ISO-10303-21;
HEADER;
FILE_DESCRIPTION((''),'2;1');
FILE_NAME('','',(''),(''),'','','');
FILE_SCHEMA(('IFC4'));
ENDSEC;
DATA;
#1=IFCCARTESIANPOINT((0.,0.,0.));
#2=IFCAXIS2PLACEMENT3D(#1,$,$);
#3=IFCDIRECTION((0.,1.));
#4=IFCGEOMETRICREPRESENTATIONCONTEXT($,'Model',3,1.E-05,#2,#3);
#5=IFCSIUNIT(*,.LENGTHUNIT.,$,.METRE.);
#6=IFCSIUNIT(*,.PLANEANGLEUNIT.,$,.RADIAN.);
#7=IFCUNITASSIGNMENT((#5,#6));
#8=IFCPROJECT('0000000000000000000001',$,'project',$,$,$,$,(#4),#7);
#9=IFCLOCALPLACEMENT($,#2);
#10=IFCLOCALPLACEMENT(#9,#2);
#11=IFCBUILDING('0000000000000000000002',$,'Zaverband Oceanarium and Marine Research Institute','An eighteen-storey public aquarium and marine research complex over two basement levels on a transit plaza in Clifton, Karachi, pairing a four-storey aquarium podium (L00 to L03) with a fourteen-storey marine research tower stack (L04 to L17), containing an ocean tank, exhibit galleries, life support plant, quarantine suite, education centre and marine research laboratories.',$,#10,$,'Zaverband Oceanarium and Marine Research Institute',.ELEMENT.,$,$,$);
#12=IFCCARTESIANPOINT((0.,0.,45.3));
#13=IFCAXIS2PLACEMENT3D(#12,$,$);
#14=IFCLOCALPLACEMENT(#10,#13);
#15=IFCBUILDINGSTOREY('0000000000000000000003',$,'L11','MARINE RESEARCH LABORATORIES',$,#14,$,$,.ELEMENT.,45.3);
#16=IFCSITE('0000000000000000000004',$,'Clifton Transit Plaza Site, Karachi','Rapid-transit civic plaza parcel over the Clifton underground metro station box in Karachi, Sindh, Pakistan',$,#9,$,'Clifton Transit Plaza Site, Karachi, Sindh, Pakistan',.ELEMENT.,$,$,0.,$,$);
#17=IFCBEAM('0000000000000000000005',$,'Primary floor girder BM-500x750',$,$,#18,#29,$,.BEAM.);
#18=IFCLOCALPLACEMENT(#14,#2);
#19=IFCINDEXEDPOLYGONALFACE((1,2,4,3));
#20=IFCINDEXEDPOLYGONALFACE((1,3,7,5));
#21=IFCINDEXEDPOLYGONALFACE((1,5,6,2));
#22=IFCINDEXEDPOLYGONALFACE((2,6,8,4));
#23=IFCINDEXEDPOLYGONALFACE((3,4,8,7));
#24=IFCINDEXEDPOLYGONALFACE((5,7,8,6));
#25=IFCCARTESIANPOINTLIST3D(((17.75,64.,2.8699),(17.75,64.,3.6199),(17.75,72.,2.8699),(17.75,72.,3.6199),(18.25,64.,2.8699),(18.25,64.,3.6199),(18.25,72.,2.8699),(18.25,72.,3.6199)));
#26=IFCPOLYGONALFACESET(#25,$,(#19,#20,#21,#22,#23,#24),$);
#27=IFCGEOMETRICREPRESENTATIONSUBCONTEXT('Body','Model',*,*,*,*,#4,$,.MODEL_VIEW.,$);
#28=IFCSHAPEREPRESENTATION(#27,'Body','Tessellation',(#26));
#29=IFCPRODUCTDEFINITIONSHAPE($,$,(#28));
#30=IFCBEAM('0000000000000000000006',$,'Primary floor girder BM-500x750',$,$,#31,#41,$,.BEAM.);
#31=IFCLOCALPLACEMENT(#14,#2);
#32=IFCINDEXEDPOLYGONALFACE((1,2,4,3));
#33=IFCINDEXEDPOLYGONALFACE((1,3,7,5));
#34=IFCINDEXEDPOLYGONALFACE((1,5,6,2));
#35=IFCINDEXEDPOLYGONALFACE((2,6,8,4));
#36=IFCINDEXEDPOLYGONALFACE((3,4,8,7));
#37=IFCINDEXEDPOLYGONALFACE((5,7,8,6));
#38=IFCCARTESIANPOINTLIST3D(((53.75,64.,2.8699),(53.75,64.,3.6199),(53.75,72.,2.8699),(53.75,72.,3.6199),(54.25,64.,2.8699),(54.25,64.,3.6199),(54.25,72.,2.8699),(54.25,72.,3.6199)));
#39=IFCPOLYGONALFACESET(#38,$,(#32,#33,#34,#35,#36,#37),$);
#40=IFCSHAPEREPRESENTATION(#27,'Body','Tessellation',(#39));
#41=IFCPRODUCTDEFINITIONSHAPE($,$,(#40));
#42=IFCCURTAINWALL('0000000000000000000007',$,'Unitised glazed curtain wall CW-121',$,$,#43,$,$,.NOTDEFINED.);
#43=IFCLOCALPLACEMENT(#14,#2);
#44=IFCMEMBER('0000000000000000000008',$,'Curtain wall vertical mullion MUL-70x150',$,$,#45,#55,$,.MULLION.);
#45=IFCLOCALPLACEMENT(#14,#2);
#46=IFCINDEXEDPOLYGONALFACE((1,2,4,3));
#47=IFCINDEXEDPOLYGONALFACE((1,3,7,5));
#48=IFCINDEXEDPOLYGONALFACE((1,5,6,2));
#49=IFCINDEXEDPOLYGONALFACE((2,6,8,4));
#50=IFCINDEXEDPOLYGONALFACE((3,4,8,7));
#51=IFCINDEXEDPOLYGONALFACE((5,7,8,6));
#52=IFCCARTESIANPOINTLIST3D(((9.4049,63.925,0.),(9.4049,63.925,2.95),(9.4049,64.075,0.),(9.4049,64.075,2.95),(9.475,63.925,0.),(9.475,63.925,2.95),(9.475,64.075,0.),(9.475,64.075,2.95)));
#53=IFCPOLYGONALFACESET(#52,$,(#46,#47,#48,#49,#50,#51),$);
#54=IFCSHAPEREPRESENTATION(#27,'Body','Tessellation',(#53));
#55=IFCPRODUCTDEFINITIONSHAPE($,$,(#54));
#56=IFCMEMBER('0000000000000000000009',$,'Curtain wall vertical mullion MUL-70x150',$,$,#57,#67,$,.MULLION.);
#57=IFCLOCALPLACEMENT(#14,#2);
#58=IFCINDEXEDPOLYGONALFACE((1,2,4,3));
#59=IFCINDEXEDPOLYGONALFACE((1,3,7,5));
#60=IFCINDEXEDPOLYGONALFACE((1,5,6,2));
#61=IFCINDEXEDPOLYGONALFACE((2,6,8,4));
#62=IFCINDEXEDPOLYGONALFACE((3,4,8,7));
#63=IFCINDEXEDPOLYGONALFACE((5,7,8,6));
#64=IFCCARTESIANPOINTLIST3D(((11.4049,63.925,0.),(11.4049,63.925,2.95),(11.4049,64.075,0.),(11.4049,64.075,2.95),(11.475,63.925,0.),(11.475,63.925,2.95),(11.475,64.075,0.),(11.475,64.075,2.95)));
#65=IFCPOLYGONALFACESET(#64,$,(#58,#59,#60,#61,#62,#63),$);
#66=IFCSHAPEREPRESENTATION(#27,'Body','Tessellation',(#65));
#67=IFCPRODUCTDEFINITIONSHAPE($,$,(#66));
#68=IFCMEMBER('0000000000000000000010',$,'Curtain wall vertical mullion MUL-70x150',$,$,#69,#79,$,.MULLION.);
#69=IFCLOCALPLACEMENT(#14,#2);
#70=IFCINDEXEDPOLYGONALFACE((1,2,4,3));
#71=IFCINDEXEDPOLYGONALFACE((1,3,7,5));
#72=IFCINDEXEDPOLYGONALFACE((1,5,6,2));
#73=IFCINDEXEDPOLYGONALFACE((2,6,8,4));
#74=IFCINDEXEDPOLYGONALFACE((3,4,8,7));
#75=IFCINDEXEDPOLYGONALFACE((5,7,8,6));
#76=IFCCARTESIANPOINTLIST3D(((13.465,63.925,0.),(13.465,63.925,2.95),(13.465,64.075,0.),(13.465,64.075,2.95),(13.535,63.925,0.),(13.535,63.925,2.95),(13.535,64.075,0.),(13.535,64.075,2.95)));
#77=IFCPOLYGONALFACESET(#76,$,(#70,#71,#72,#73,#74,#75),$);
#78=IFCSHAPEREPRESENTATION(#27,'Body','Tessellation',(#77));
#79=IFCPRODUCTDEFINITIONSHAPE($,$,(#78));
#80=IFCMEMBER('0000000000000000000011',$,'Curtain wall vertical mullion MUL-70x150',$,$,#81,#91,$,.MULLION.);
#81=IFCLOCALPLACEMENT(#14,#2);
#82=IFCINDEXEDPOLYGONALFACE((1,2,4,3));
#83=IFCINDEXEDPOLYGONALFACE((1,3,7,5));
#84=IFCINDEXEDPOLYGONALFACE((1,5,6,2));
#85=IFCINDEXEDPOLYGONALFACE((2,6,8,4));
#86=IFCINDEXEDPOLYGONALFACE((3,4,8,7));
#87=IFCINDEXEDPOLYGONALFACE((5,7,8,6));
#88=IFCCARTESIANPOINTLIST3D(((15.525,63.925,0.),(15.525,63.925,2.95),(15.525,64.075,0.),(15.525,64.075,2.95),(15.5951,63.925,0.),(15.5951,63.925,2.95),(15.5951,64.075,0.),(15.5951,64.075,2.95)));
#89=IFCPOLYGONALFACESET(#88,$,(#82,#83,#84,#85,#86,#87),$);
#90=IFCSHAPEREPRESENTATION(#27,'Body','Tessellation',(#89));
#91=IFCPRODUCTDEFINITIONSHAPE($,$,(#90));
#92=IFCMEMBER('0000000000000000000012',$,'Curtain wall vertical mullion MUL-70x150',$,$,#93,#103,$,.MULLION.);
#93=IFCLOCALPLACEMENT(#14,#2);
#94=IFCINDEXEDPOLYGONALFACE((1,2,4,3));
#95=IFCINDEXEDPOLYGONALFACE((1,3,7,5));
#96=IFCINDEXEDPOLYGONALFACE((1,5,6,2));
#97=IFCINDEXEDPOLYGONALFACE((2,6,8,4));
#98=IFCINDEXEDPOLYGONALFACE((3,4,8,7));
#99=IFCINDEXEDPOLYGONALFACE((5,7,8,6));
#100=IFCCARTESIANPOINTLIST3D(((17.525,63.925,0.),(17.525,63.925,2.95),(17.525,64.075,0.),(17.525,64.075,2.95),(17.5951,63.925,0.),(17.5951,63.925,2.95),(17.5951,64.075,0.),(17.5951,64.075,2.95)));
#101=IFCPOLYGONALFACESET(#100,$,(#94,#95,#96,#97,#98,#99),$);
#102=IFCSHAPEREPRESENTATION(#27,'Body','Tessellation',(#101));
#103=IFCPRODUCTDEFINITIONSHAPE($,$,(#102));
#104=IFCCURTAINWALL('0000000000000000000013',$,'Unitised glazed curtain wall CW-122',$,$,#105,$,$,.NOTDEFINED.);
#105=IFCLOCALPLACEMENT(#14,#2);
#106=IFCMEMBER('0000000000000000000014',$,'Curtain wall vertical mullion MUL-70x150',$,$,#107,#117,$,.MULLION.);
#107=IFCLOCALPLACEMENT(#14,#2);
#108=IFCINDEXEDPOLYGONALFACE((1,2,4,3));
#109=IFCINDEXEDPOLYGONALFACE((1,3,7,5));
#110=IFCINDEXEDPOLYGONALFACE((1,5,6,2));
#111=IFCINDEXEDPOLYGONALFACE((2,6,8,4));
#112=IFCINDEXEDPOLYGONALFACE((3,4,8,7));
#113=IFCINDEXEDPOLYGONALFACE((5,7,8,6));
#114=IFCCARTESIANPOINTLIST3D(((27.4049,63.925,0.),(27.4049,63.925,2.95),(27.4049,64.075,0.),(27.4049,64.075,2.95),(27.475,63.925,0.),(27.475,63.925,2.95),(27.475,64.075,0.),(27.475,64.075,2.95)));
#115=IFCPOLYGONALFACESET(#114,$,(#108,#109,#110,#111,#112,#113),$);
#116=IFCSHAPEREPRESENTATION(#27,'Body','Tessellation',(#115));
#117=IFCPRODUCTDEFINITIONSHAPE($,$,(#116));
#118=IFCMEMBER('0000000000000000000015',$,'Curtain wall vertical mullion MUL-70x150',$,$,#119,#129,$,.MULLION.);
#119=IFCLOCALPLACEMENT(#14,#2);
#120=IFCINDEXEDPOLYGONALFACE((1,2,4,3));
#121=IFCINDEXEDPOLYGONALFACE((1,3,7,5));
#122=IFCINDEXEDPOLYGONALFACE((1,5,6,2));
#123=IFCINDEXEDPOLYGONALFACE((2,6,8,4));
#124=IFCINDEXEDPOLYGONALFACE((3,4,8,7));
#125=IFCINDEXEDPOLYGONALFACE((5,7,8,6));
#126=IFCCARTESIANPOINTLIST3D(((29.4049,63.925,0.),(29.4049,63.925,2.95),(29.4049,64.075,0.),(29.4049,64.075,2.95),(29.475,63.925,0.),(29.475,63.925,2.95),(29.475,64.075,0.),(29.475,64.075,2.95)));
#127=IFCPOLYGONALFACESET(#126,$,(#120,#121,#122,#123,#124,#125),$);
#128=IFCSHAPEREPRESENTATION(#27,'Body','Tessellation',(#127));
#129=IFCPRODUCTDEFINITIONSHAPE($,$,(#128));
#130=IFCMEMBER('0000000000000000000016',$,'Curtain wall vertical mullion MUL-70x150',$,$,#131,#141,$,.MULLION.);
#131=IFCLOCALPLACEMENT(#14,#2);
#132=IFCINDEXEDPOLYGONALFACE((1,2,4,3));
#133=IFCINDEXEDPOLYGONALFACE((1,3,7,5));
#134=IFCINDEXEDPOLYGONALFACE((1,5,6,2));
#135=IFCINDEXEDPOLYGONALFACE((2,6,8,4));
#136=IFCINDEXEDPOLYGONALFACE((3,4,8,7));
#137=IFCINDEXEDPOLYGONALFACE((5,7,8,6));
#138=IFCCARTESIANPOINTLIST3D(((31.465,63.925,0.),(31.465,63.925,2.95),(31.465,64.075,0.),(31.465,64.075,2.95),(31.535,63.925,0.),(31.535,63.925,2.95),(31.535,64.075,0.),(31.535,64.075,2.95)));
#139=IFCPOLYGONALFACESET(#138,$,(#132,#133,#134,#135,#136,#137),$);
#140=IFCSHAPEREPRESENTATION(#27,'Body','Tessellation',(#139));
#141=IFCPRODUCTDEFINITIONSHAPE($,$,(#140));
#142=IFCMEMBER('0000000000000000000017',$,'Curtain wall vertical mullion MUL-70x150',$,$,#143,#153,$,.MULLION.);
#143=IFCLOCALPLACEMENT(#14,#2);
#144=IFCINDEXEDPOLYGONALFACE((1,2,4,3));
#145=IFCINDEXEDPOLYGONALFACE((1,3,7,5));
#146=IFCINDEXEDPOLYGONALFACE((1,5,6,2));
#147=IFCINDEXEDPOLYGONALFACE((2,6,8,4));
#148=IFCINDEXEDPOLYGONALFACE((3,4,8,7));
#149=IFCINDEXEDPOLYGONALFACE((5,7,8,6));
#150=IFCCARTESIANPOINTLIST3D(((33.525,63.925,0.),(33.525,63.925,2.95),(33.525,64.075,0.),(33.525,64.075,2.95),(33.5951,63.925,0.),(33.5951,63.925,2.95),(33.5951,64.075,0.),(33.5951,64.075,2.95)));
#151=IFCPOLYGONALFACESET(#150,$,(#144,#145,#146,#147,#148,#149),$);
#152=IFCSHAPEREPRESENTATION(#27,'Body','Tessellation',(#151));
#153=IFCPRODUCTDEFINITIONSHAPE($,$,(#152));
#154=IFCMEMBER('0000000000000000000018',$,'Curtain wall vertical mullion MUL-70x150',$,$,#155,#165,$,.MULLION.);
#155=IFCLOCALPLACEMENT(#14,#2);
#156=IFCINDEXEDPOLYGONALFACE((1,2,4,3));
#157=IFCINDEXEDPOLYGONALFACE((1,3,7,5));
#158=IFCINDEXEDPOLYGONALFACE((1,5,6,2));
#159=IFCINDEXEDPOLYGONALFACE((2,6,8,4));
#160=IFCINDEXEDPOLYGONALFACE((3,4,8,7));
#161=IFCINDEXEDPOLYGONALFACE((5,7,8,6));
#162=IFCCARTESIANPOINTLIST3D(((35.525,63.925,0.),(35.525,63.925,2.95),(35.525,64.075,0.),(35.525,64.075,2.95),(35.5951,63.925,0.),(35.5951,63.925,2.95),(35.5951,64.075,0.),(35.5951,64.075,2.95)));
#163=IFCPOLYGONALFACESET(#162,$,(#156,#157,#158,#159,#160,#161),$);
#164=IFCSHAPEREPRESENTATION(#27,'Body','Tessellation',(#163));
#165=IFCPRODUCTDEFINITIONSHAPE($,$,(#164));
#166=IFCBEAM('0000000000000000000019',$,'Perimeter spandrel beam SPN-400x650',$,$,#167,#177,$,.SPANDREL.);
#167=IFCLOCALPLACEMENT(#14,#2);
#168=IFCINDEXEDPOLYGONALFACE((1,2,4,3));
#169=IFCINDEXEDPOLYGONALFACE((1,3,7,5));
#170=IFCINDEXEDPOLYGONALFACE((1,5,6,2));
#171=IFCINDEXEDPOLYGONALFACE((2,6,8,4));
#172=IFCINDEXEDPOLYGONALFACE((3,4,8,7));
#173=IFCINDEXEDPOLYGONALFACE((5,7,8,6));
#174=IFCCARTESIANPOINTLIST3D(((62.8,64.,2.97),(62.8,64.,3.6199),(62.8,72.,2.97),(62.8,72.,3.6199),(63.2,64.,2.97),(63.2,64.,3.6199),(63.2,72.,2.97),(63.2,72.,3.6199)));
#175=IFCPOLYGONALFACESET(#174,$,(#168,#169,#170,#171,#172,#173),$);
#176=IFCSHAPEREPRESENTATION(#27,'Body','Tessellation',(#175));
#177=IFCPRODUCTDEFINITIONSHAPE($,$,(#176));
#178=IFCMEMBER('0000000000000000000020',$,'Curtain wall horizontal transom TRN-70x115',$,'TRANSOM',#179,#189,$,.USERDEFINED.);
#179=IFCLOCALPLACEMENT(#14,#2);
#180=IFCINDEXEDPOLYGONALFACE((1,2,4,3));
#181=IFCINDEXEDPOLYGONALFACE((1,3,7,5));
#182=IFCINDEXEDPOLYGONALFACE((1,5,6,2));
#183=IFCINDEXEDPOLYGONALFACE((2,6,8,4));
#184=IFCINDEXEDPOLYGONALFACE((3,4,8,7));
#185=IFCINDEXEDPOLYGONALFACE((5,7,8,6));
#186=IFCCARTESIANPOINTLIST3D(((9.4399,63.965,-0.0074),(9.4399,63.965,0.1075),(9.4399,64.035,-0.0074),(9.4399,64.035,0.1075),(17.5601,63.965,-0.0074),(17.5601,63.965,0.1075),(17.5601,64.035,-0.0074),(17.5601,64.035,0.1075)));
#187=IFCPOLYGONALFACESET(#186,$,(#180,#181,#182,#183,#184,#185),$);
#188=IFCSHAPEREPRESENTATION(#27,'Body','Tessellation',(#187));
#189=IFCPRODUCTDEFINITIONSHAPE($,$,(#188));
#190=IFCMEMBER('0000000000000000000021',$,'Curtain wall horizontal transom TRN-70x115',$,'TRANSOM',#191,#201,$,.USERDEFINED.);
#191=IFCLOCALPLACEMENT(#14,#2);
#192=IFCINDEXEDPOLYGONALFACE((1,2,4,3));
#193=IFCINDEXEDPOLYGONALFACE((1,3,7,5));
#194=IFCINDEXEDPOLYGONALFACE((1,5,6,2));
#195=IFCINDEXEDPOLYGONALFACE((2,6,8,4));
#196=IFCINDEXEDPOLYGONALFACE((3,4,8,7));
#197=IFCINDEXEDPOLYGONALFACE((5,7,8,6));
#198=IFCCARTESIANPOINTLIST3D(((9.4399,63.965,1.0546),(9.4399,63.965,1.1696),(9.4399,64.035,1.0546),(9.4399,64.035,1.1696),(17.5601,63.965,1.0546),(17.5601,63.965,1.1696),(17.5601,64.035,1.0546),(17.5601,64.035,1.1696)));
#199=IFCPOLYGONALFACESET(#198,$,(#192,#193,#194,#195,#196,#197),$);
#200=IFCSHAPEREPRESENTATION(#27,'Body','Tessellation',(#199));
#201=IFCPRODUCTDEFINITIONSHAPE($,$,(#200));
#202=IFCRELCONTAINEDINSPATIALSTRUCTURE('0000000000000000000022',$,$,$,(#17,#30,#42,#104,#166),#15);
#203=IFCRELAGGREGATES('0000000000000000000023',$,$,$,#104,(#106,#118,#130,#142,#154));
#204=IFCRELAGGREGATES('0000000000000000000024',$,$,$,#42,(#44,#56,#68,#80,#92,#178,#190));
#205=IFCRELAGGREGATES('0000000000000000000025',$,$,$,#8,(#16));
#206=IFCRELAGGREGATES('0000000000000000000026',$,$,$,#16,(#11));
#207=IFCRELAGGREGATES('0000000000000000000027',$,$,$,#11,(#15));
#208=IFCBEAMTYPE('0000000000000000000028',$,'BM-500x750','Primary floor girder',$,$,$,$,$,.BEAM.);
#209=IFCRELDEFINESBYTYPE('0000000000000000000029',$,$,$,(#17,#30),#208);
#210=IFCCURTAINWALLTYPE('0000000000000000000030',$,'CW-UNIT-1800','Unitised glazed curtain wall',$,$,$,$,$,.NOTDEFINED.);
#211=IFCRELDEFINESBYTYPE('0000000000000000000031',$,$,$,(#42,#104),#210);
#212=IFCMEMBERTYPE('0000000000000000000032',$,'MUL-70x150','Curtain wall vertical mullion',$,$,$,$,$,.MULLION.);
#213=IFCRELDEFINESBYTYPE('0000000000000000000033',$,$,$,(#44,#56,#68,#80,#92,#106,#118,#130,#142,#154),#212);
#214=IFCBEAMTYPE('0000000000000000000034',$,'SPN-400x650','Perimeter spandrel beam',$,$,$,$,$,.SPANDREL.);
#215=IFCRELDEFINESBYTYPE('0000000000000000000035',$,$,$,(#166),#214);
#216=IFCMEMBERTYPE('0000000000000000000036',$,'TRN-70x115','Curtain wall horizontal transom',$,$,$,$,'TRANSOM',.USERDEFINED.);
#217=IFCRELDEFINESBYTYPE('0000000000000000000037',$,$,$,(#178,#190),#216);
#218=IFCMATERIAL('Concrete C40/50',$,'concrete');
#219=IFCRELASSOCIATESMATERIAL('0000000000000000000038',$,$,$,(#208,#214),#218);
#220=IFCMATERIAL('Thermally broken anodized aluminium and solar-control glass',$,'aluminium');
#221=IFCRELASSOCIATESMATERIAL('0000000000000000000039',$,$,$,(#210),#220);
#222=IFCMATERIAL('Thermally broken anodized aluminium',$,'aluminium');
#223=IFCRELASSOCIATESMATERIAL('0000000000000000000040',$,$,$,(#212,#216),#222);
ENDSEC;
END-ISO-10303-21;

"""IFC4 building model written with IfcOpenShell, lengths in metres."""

from ifc_helpers import new_model, si_unit, direction, frame, origin, origin_2d, place, context, subcontext, project, spatial, rectangle, extrude, material, material_profile, profile_set, type_object, element, aggregate, save


model = new_model("IFC4")

# Units and contexts
model_context = context("Model", 3, precision=1e-05, world=origin(), true_north=direction((0.0, 1.0)))
body_context = subcontext(model_context, "Body", "Model", "MODEL_VIEW")
ifc_project = project(units=[si_unit("LENGTHUNIT", "METRE"), si_unit("PLANEANGLEUNIT", "RADIAN")], contexts=[model_context])

# Site, building, storey
site_placement = place(None, origin())
site = spatial("IfcSite", under=ifc_project, at=site_placement, Name="Clifton Transit Plaza Site, Karachi", Description="Rapid-transit civic plaza parcel over the Clifton underground metro station box in Karachi, Sindh, Pakistan", LongName="Clifton Transit Plaza Site, Karachi, Sindh, Pakistan", CompositionType="ELEMENT", RefElevation=0.0)
building_placement = place(site_placement, origin())
building = spatial("IfcBuilding", under=site, at=building_placement, Name="Zaverband Oceanarium and Marine Research Institute", Description="An eighteen-storey public aquarium and marine research complex over two basement levels on a transit plaza in Clifton, Karachi, pairing a four-storey aquarium podium (L00 to L03) with a fourteen-storey marine research tower stack (L04 to L17), containing an ocean tank, exhibit galleries, life support plant, quarantine suite, education centre and marine research laboratories.", LongName="Zaverband Oceanarium and Marine Research Institute", CompositionType="ELEMENT")
storey_placement = place(building_placement, frame((0.0, 0.0, 45.3)))
storey = spatial("IfcBuildingStorey", under=building, at=storey_placement, Name="L11", Description="MARINE RESEARCH LABORATORIES", CompositionType="ELEMENT", Elevation=45.3)

# Beams
ifc_material_1 = material(Name="Concrete C40/50", Category="concrete")
ifc_material_profile_1 = material_profile(ifc_material_1, rectangle(XDim=0.5, YDim=0.75, at=origin_2d()), Name="RC500x750")
ifc_profile_set_1 = profile_set([ifc_material_profile_1], Name="Concrete C40/50")
beam_type_1 = type_object("IfcBeamType", Name="BM-500x750", Description="Primary floor girder", PredefinedType="BEAM", material=ifc_profile_set_1)
for number, where, z_axis, x_axis, name in (
    (1, (18.0, 64.0, 3.2449), (0.0, 1.0, 0.0), (-1.0, 0.0, 0.0), "Primary floor girder BM-500x750"),
    (2, (54.0, 64.0, 3.2449), (0.0, 1.0, 0.0), (-1.0, 0.0, 0.0), "Primary floor girder BM-500x750"),
):
    element("IfcBeam", number, at=place(storey_placement, frame(where, z_axis=z_axis, x_axis=x_axis)), inside=storey, type_object=beam_type_1, Name=name, PredefinedType="BEAM", context=body_context, shape_type="SweptSolid", body=[
        extrude(rectangle(XDim=0.5, YDim=0.75, at=origin_2d()), origin(), (0.0, 0.0, 1.0), 8.0),
    ])

# Curtain walls, members
ifc_material_2 = material(Name="Thermally broken anodized aluminium and solar-control glass", Category="aluminium")
curtain_wall_type = type_object("IfcCurtainWallType", Name="CW-UNIT-1800", Description="Unitised glazed curtain wall", PredefinedType="NOTDEFINED", material=ifc_material_2)
curtain_wall_1_placement = place(storey_placement, origin())
curtain_wall_1 = element("IfcCurtainWall", 3, at=curtain_wall_1_placement, inside=storey, type_object=curtain_wall_type, Name="Unitised glazed curtain wall CW-121", PredefinedType="NOTDEFINED")
ifc_material_3 = material(Name="Thermally broken anodized aluminium", Category="aluminium")
ifc_material_profile_2 = material_profile(ifc_material_3, rectangle(XDim=0.0701, YDim=0.1499, at=origin_2d()), Name="AL-MUL-70x150")
ifc_profile_set_2 = profile_set([ifc_material_profile_2], Name="Thermally broken anodized aluminium")
member_type_1 = type_object("IfcMemberType", Name="MUL-70x150", Description="Curtain wall vertical mullion", PredefinedType="MULLION", material=ifc_profile_set_2)
member_1_placement = place(storey_placement, frame((9.4399, 64.0, 0.0), z_axis=(0.0, 0.0, 1.0), x_axis=(1.0, 0.0, 0.0)))
member_1 = element("IfcMember", 4, at=member_1_placement, type_object=member_type_1, Name="Curtain wall vertical mullion MUL-70x150", PredefinedType="MULLION", context=body_context, shape_type="SweptSolid", body=[
    extrude(rectangle(XDim=0.0701, YDim=0.1499, at=origin_2d()), origin(), (0.0, 0.0, 1.0), 2.95),
])
member_2_placement = place(storey_placement, frame((11.4399, 64.0, 0.0), z_axis=(0.0, 0.0, 1.0), x_axis=(1.0, 0.0, 0.0)))
member_2 = element("IfcMember", 5, at=member_2_placement, type_object=member_type_1, Name="Curtain wall vertical mullion MUL-70x150", PredefinedType="MULLION", context=body_context, shape_type="SweptSolid", body=[
    extrude(rectangle(XDim=0.0701, YDim=0.1499, at=origin_2d()), origin(), (0.0, 0.0, 1.0), 2.95),
])
member_3_placement = place(storey_placement, frame((13.5, 64.0, 0.0), z_axis=(0.0, 0.0, 1.0), x_axis=(1.0, 0.0, 0.0)))
member_3 = element("IfcMember", 6, at=member_3_placement, type_object=member_type_1, Name="Curtain wall vertical mullion MUL-70x150", PredefinedType="MULLION", context=body_context, shape_type="SweptSolid", body=[
    extrude(rectangle(XDim=0.0701, YDim=0.1499, at=origin_2d()), origin(), (0.0, 0.0, 1.0), 2.95),
])
member_4_placement = place(storey_placement, frame((15.5601, 64.0, 0.0), z_axis=(0.0, 0.0, 1.0), x_axis=(1.0, 0.0, 0.0)))
member_4 = element("IfcMember", 7, at=member_4_placement, type_object=member_type_1, Name="Curtain wall vertical mullion MUL-70x150", PredefinedType="MULLION", context=body_context, shape_type="SweptSolid", body=[
    extrude(rectangle(XDim=0.0701, YDim=0.1499, at=origin_2d()), origin(), (0.0, 0.0, 1.0), 2.95),
])
member_5_placement = place(storey_placement, frame((17.5601, 64.0, 0.0), z_axis=(0.0, 0.0, 1.0), x_axis=(1.0, 0.0, 0.0)))
member_5 = element("IfcMember", 8, at=member_5_placement, type_object=member_type_1, Name="Curtain wall vertical mullion MUL-70x150", PredefinedType="MULLION", context=body_context, shape_type="SweptSolid", body=[
    extrude(rectangle(XDim=0.0701, YDim=0.1499, at=origin_2d()), origin(), (0.0, 0.0, 1.0), 2.95),
])
curtain_wall_2_placement = place(storey_placement, origin())
curtain_wall_2 = element("IfcCurtainWall", 9, at=curtain_wall_2_placement, inside=storey, type_object=curtain_wall_type, Name="Unitised glazed curtain wall CW-122", PredefinedType="NOTDEFINED")
member_6_placement = place(storey_placement, frame((27.4399, 64.0, 0.0), z_axis=(0.0, 0.0, 1.0), x_axis=(1.0, 0.0, 0.0)))
member_6 = element("IfcMember", 10, at=member_6_placement, type_object=member_type_1, Name="Curtain wall vertical mullion MUL-70x150", PredefinedType="MULLION", context=body_context, shape_type="SweptSolid", body=[
    extrude(rectangle(XDim=0.0701, YDim=0.1499, at=origin_2d()), origin(), (0.0, 0.0, 1.0), 2.95),
])
member_7_placement = place(storey_placement, frame((29.4399, 64.0, 0.0), z_axis=(0.0, 0.0, 1.0), x_axis=(1.0, 0.0, 0.0)))
member_7 = element("IfcMember", 11, at=member_7_placement, type_object=member_type_1, Name="Curtain wall vertical mullion MUL-70x150", PredefinedType="MULLION", context=body_context, shape_type="SweptSolid", body=[
    extrude(rectangle(XDim=0.0701, YDim=0.1499, at=origin_2d()), origin(), (0.0, 0.0, 1.0), 2.95),
])
member_8_placement = place(storey_placement, frame((31.5, 64.0, 0.0), z_axis=(0.0, 0.0, 1.0), x_axis=(1.0, 0.0, 0.0)))
member_8 = element("IfcMember", 12, at=member_8_placement, type_object=member_type_1, Name="Curtain wall vertical mullion MUL-70x150", PredefinedType="MULLION", context=body_context, shape_type="SweptSolid", body=[
    extrude(rectangle(XDim=0.0701, YDim=0.1499, at=origin_2d()), origin(), (0.0, 0.0, 1.0), 2.95),
])
member_9_placement = place(storey_placement, frame((33.5601, 64.0, 0.0), z_axis=(0.0, 0.0, 1.0), x_axis=(1.0, 0.0, 0.0)))
member_9 = element("IfcMember", 13, at=member_9_placement, type_object=member_type_1, Name="Curtain wall vertical mullion MUL-70x150", PredefinedType="MULLION", context=body_context, shape_type="SweptSolid", body=[
    extrude(rectangle(XDim=0.0701, YDim=0.1499, at=origin_2d()), origin(), (0.0, 0.0, 1.0), 2.95),
])
member_10_placement = place(storey_placement, frame((35.5601, 64.0, 0.0), z_axis=(0.0, 0.0, 1.0), x_axis=(1.0, 0.0, 0.0)))
member_10 = element("IfcMember", 14, at=member_10_placement, type_object=member_type_1, Name="Curtain wall vertical mullion MUL-70x150", PredefinedType="MULLION", context=body_context, shape_type="SweptSolid", body=[
    extrude(rectangle(XDim=0.0701, YDim=0.1499, at=origin_2d()), origin(), (0.0, 0.0, 1.0), 2.95),
])

# Beam
ifc_material_profile_3 = material_profile(ifc_material_1, rectangle(XDim=0.3999, YDim=0.6499, at=origin_2d()), Name="RC400x650")
ifc_profile_set_3 = profile_set([ifc_material_profile_3], Name="Concrete C40/50")
beam_type_2 = type_object("IfcBeamType", Name="SPN-400x650", Description="Perimeter spandrel beam", PredefinedType="SPANDREL", material=ifc_profile_set_3)
beam_placement = place(storey_placement, frame((63.0, 64.0, 3.2949), z_axis=(0.0, 1.0, 0.0), x_axis=(-1.0, 0.0, 0.0)))
element("IfcBeam", 15, at=beam_placement, inside=storey, type_object=beam_type_2, Name="Perimeter spandrel beam SPN-400x650", PredefinedType="SPANDREL", context=body_context, shape_type="SweptSolid", body=[
    extrude(rectangle(XDim=0.3999, YDim=0.6499, at=origin_2d()), origin(), (0.0, 0.0, 1.0), 8.0),
])

# Members
ifc_material_profile_4 = material_profile(ifc_material_3, rectangle(XDim=0.0701, YDim=0.115, at=origin_2d()), Name="AL-TRN-70x115")
ifc_profile_set_4 = profile_set([ifc_material_profile_4], Name="Thermally broken anodized aluminium")
member_type_2 = type_object("IfcMemberType", Name="TRN-70x115", Description="Curtain wall horizontal transom", ElementType="TRANSOM", PredefinedType="USERDEFINED", material=ifc_profile_set_4)
member_11_placement = place(storey_placement, frame((9.4399, 64.0, 0.05), z_axis=(1.0, 0.0, 0.0), x_axis=(0.0, 1.0, 0.0)))
member_11 = element("IfcMember", 16, at=member_11_placement, type_object=member_type_2, Name="Curtain wall horizontal transom TRN-70x115", ObjectType="TRANSOM", PredefinedType="USERDEFINED", context=body_context, shape_type="SweptSolid", body=[
    extrude(rectangle(XDim=0.0701, YDim=0.115, at=origin_2d()), origin(), (0.0, 0.0, 1.0), 8.1201),
])
member_12_placement = place(storey_placement, frame((9.4399, 64.0, 1.1121), z_axis=(1.0, 0.0, 0.0), x_axis=(0.0, 1.0, 0.0)))
member_12 = element("IfcMember", 17, at=member_12_placement, type_object=member_type_2, Name="Curtain wall horizontal transom TRN-70x115", ObjectType="TRANSOM", PredefinedType="USERDEFINED", context=body_context, shape_type="SweptSolid", body=[
    extrude(rectangle(XDim=0.0701, YDim=0.115, at=origin_2d()), origin(), (0.0, 0.0, 1.0), 8.1201),
])
aggregate(curtain_wall_2, [member_6, member_7, member_8, member_9, member_10])

aggregate(curtain_wall_1, [member_1, member_2, member_3, member_4, member_5, member_11, member_12])

save(model, "model.ifc")
